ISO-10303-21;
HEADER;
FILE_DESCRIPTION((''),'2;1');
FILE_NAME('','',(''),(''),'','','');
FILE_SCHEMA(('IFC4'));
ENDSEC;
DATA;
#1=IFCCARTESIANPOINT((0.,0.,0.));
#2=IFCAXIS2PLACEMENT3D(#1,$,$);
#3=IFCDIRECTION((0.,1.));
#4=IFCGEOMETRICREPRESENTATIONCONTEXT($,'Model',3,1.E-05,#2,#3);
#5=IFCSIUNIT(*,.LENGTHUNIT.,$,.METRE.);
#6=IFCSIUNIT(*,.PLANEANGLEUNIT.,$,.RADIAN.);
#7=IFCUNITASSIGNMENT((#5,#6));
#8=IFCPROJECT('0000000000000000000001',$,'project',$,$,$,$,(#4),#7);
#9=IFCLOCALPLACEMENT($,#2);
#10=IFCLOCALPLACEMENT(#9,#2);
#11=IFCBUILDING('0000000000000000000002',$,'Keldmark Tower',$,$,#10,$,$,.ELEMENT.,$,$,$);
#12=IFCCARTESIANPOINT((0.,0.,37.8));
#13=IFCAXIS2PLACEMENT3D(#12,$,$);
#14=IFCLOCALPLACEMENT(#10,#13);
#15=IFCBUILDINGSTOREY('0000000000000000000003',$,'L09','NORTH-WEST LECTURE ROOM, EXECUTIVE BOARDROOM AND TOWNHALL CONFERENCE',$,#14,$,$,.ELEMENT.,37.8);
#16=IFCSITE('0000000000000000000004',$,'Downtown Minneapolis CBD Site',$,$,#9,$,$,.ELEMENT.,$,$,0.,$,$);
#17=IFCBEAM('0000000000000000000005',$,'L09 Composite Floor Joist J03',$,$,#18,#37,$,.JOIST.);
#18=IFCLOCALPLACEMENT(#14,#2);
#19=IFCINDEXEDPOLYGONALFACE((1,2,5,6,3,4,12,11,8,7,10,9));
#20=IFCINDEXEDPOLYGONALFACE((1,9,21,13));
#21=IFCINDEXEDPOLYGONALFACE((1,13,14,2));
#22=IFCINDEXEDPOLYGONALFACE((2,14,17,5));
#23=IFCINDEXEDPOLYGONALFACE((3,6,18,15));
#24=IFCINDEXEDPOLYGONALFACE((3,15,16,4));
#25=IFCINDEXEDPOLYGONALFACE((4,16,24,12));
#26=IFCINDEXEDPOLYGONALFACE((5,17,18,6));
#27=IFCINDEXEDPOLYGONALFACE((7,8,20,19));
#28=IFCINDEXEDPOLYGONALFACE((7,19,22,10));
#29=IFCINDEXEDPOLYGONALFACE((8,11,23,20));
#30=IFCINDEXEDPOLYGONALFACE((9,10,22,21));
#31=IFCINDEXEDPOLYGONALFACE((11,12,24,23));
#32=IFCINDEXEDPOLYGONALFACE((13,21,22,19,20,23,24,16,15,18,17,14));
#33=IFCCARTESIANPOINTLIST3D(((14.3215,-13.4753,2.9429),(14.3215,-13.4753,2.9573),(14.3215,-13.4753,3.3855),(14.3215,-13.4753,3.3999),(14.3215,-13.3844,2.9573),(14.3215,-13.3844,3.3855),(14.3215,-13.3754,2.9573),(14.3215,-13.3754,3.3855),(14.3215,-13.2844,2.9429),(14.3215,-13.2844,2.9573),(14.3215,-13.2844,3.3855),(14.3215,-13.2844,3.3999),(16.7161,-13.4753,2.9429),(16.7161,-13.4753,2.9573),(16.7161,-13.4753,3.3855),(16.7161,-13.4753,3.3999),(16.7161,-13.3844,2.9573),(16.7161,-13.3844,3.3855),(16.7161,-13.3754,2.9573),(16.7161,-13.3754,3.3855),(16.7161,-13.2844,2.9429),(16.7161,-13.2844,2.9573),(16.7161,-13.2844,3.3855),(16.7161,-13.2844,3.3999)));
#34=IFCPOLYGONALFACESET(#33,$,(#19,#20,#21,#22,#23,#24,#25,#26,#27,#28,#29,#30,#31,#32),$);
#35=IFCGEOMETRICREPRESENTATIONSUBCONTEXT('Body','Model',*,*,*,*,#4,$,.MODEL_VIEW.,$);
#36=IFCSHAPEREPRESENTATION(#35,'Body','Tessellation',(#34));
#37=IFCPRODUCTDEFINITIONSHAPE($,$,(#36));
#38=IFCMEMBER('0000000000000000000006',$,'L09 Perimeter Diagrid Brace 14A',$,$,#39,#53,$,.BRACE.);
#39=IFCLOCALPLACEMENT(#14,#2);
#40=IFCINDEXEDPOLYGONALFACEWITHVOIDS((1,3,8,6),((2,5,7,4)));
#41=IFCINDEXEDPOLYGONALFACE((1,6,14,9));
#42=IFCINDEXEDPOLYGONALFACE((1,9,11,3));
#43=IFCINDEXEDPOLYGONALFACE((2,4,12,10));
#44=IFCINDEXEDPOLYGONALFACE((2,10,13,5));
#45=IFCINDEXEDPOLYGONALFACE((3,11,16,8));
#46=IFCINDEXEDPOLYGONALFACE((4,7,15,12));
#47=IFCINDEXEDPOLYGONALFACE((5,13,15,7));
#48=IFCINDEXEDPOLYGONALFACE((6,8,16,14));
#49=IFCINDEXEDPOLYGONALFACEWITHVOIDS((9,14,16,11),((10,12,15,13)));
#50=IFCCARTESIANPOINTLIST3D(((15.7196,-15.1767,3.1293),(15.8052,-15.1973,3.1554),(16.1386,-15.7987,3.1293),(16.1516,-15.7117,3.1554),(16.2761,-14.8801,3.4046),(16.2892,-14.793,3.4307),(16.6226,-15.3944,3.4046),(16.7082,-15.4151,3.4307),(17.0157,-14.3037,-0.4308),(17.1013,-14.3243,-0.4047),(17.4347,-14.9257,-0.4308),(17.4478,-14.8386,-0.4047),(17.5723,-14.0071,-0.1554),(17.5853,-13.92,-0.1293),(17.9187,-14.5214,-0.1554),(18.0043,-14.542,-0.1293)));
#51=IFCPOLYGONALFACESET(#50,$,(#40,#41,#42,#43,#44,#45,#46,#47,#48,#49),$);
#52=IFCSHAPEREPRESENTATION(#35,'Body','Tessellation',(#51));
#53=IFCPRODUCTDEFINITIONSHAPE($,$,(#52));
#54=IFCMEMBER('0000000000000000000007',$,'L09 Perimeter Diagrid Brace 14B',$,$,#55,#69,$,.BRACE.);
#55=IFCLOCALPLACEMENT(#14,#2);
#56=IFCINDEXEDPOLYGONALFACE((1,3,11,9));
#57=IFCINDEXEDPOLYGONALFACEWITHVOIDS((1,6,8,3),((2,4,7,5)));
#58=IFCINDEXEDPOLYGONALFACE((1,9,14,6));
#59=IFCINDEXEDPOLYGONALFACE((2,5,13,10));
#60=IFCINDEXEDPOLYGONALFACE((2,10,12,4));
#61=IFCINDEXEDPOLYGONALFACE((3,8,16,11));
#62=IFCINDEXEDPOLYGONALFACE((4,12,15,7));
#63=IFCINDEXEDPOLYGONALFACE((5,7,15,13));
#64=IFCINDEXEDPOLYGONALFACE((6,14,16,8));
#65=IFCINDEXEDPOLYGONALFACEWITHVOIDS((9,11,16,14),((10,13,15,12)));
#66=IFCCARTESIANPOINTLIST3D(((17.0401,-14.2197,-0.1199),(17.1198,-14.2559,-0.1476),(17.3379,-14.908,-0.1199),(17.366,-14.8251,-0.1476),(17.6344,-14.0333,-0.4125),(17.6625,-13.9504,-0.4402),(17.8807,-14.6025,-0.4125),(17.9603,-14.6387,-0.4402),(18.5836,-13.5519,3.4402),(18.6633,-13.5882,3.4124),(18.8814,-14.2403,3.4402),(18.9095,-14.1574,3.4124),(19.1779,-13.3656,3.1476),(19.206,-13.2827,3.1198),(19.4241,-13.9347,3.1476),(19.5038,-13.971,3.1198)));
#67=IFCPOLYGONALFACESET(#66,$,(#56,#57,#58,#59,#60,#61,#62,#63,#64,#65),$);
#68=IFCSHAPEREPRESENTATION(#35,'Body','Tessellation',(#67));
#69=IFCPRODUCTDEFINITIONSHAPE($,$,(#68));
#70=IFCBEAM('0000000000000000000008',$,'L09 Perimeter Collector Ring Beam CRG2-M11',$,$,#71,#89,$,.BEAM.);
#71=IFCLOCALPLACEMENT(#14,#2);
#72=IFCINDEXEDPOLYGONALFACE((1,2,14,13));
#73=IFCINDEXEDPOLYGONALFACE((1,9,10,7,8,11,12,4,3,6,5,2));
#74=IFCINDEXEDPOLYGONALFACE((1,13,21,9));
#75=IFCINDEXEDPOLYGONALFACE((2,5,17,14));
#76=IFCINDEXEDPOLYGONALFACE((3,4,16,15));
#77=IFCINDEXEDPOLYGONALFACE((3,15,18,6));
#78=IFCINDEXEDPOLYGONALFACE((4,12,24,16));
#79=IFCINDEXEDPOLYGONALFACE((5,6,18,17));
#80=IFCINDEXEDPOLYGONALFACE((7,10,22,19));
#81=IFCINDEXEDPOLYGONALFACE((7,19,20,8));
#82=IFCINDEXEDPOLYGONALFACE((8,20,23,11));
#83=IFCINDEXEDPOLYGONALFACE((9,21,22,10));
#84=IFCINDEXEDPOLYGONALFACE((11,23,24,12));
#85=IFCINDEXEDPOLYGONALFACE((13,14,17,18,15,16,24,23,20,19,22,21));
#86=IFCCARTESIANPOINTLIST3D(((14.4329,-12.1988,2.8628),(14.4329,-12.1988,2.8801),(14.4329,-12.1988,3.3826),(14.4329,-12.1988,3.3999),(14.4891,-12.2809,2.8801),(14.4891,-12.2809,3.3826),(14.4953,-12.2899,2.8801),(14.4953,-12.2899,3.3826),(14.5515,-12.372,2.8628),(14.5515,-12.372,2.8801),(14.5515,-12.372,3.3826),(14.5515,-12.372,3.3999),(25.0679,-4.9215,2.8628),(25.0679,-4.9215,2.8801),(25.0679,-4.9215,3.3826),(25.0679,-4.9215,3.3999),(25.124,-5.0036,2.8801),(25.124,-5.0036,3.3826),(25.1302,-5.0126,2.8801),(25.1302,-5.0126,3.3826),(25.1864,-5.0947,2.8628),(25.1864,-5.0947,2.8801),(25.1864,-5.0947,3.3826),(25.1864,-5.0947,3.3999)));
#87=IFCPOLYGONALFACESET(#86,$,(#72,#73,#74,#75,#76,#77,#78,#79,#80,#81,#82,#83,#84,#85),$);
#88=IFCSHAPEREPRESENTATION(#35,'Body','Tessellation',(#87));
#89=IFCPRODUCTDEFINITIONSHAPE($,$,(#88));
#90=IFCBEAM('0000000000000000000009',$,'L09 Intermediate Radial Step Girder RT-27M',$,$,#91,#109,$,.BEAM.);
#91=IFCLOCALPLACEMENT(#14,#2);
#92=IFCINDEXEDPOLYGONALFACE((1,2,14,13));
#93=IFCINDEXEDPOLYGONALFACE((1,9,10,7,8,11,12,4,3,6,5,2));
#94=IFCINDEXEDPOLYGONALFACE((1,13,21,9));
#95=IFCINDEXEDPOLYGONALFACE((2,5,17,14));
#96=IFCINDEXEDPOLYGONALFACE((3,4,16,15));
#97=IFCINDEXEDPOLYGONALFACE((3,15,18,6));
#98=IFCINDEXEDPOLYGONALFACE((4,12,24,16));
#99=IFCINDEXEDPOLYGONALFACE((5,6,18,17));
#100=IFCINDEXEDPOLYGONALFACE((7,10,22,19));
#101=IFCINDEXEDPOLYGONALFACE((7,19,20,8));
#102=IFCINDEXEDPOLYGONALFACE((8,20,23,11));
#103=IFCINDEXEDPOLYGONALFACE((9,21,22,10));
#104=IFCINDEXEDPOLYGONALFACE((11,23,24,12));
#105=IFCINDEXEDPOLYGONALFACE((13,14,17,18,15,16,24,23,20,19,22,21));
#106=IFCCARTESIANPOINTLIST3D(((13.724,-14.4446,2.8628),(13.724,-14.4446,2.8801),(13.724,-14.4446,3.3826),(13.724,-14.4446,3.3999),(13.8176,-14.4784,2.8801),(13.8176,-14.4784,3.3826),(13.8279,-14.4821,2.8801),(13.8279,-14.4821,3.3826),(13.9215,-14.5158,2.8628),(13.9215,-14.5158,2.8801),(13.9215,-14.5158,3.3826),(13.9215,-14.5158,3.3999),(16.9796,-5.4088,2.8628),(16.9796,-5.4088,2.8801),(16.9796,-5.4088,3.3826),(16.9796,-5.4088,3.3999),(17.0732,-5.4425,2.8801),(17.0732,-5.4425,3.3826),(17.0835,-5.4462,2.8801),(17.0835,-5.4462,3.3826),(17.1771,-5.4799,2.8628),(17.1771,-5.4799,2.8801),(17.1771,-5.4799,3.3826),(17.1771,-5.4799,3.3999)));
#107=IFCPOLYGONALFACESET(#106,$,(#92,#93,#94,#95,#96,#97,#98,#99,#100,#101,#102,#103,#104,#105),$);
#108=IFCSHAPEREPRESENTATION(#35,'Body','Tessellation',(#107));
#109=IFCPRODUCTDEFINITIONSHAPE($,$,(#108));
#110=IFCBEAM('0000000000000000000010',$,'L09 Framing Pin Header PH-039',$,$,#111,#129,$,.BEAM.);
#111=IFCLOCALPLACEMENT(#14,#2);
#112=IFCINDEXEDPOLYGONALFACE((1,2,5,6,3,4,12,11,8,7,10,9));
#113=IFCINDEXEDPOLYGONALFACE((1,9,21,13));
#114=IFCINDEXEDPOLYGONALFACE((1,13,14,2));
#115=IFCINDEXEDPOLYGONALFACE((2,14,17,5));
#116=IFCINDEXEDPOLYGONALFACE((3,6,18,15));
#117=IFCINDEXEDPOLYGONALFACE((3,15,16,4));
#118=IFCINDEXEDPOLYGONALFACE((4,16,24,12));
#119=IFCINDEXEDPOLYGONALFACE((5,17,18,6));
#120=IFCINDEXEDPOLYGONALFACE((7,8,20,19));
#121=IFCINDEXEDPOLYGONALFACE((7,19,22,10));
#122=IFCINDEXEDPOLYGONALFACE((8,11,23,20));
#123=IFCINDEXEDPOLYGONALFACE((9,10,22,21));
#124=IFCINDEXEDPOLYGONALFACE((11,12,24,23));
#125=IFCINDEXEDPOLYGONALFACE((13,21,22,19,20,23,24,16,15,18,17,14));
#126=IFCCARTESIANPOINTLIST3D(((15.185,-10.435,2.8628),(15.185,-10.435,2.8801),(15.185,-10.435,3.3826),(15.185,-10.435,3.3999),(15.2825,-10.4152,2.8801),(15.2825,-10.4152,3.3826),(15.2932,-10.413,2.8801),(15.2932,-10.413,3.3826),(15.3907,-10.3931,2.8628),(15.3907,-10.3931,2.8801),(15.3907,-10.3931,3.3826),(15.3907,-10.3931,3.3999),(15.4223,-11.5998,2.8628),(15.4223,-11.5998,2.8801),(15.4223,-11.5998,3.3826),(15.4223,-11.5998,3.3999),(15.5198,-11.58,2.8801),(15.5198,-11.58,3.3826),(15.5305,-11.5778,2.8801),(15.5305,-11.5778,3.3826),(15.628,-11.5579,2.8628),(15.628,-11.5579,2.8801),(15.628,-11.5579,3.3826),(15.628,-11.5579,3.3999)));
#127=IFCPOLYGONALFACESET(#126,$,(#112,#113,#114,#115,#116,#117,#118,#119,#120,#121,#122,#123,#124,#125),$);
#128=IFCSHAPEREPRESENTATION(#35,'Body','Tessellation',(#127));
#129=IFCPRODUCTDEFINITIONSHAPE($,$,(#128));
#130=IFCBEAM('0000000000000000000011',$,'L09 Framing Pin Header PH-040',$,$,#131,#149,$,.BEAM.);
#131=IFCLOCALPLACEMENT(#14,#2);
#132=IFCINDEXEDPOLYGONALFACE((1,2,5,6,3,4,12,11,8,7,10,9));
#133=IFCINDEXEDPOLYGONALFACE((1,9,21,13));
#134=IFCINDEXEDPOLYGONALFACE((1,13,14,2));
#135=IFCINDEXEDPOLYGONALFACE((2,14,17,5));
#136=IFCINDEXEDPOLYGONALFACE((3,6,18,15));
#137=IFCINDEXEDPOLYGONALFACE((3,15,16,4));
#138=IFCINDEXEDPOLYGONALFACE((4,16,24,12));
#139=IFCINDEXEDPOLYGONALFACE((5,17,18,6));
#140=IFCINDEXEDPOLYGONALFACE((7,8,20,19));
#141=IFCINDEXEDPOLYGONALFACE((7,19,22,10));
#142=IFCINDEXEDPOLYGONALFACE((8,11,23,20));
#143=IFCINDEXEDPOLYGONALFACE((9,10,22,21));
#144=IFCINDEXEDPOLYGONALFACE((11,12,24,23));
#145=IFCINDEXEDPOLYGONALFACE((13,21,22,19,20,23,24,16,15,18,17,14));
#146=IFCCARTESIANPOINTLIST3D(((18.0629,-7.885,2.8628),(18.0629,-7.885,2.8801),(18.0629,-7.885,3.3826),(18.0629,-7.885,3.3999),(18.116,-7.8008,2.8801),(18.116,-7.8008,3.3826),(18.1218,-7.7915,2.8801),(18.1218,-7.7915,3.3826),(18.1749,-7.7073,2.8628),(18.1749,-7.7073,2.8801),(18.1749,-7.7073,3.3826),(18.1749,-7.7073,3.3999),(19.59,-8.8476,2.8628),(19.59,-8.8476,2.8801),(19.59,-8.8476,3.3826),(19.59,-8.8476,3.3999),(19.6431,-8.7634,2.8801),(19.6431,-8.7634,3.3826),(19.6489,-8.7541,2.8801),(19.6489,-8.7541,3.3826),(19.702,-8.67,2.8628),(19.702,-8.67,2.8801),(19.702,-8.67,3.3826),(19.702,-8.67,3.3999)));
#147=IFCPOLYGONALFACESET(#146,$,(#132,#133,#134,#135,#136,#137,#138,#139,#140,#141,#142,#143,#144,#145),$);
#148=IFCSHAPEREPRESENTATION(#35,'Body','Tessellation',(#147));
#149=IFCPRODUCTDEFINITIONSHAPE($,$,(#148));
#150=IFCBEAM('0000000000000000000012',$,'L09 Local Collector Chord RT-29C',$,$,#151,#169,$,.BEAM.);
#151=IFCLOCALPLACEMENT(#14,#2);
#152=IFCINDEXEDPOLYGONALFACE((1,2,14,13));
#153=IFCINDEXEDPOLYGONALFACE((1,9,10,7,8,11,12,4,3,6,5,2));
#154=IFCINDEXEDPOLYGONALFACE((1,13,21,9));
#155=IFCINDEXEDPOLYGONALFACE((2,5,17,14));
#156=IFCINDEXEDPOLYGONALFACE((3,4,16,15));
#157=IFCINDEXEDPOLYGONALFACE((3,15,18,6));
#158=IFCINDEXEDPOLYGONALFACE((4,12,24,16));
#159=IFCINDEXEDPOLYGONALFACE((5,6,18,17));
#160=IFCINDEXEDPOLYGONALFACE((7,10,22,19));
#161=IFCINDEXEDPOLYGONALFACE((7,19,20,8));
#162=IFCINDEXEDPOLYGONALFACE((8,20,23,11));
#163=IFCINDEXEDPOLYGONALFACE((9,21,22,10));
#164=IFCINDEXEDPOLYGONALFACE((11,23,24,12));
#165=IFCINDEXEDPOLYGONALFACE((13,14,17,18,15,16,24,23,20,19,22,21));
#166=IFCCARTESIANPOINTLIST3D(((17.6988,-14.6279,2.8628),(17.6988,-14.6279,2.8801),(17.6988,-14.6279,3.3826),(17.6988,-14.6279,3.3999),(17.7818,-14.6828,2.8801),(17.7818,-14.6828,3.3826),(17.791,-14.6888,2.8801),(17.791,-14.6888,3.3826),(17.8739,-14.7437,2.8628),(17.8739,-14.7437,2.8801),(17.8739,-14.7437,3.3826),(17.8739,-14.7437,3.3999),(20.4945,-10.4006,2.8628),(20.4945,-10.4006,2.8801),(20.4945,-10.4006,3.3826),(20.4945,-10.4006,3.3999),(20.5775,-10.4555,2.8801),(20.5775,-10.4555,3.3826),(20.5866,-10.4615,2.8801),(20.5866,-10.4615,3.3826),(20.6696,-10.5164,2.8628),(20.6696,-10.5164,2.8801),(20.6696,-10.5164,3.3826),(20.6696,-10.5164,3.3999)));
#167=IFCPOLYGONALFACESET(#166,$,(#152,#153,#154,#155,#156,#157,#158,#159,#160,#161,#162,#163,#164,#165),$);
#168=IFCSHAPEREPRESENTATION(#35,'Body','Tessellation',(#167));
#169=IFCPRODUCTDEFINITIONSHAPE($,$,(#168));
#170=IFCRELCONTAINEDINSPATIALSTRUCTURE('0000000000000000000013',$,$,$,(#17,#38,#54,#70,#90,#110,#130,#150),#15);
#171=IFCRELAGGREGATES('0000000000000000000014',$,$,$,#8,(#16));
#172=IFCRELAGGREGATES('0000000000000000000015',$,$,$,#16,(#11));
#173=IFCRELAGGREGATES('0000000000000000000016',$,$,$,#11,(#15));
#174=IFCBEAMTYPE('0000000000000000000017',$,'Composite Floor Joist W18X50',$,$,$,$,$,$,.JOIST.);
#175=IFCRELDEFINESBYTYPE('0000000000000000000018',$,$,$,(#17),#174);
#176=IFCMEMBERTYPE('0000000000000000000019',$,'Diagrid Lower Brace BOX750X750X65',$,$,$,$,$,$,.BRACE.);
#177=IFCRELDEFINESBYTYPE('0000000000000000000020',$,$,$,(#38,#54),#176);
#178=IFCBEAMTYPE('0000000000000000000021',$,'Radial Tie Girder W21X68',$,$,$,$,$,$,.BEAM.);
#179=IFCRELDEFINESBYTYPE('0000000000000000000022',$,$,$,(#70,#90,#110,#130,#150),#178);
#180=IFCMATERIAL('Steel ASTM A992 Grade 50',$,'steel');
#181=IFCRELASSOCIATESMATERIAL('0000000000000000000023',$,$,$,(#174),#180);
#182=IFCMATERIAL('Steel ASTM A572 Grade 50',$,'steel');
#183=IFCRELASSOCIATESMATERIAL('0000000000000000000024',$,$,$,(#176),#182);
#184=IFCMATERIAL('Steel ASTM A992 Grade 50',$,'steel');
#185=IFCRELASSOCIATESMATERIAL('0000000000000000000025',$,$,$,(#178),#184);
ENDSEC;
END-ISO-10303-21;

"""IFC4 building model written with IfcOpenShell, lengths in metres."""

from ifc_helpers import new_model, si_unit, direction, frame, origin, origin_2d, place, context, subcontext, project, spatial, hollow_rectangle, i_section, extrude, material, material_profile, profile_set, type_object, element, save


model = new_model("IFC4")

# Units and contexts
model_context = context("Model", 3, precision=1e-05, world=origin(), true_north=direction((0.0, 1.0)))
body_context = subcontext(model_context, "Body", "Model", "MODEL_VIEW")
ifc_project = project(units=[si_unit("LENGTHUNIT", "METRE"), si_unit("PLANEANGLEUNIT", "RADIAN")], contexts=[model_context])

# Site, building, storey
site_placement = place(None, origin())
site = spatial("IfcSite", under=ifc_project, at=site_placement, Name="Downtown Minneapolis CBD Site", CompositionType="ELEMENT", RefElevation=0.0)
building_placement = place(site_placement, origin())
building = spatial("IfcBuilding", under=site, at=building_placement, Name="Keldmark Tower", CompositionType="ELEMENT")
storey_placement = place(building_placement, frame((0.0, 0.0, 37.8)))
storey = spatial("IfcBuildingStorey", under=building, at=storey_placement, Name="L09", Description="NORTH-WEST LECTURE ROOM, EXECUTIVE BOARDROOM AND TOWNHALL CONFERENCE", CompositionType="ELEMENT", Elevation=37.8)

# Beam
ifc_material_1 = material(Name="Steel ASTM A992 Grade 50", Category="steel")
ifc_material_profile_1 = material_profile(ifc_material_1, i_section(OverallWidth=0.1909, OverallDepth=0.457, WebThickness=0.009, FlangeThickness=0.0144, at=origin_2d()), Name="W18X50")
ifc_profile_set_1 = profile_set([ifc_material_profile_1], Name="Steel ASTM A992 Grade 50")
beam_type_1 = type_object("IfcBeamType", Name="Composite Floor Joist W18X50", PredefinedType="JOIST", material=ifc_profile_set_1)
beam_1_placement = place(storey_placement, frame((14.3215, -13.3799, 3.1714), z_axis=(1.0, 0.0, 0.0), x_axis=(0.0, 1.0, 0.0)))
element("IfcBeam", 1, at=beam_1_placement, inside=storey, type_object=beam_type_1, Name="L09 Composite Floor Joist J03", PredefinedType="JOIST", context=body_context, shape_type="SweptSolid", body=[
    extrude(i_section(OverallWidth=0.1909, OverallDepth=0.457, WebThickness=0.009, FlangeThickness=0.0144, at=origin_2d()), origin(), (0.0, 0.0, 1.0), 2.3945),
])

# Members
ifc_material_2 = material(Name="Steel ASTM A572 Grade 50", Category="steel")
ifc_material_profile_2 = material_profile(ifc_material_2, hollow_rectangle(XDim=0.75, YDim=0.75, WallThickness=0.0649, at=origin_2d()), Name="BOX750X750X65")
ifc_profile_set_2 = profile_set([ifc_material_profile_2], Name="Steel ASTM A572 Grade 50")
member_type = type_object("IfcMemberType", Name="Diagrid Lower Brace BOX750X750X65", PredefinedType="BRACE", material=ifc_profile_set_2)
member_1_placement = place(storey_placement, frame((17.51, -14.4229, -0.28), z_axis=(-0.333374, -0.224552, 0.915663), x_axis=(0.55866, -0.829397, 0.0)))
element("IfcMember", 2, at=member_1_placement, inside=storey, type_object=member_type, Name="L09 Perimeter Diagrid Brace 14A", PredefinedType="BRACE", context=body_context, shape_type="SweptSolid", body=[
    extrude(hollow_rectangle(XDim=0.75, YDim=0.75, WallThickness=0.0649, at=origin_2d()), origin(), (0.0, 0.0, 1.0), 3.8879),
])
member_2_placement = place(storey_placement, frame((17.5002, -14.4292, -0.28), z_axis=(0.392012, 0.169591, 0.904194), x_axis=(-0.397053, 0.917796, 0.0)))
element("IfcMember", 3, at=member_2_placement, inside=storey, type_object=member_type, Name="L09 Perimeter Diagrid Brace 14B", PredefinedType="BRACE", context=body_context, shape_type="SweptSolid", body=[
    extrude(hollow_rectangle(XDim=0.75, YDim=0.75, WallThickness=0.0649, at=origin_2d()), origin(), (0.0, 0.0, 1.0), 3.9373),
])

# Beams
ifc_material_3 = material(Name="Steel ASTM A992 Grade 50", Category="steel")
ifc_material_profile_3 = material_profile(ifc_material_3, i_section(OverallWidth=0.21, OverallDepth=0.5371, WebThickness=0.011, FlangeThickness=0.0173, at=origin_2d()), Name="W21X68")
ifc_profile_set_3 = profile_set([ifc_material_profile_3], Name="Steel ASTM A992 Grade 50")
beam_type_2 = type_object("IfcBeamType", Name="Radial Tie Girder W21X68", PredefinedType="BEAM", material=ifc_profile_set_3)
beam_2_placement = place(storey_placement, frame((14.4922, -12.2854, 3.1313), z_axis=(0.82528, 0.564724, 0.0), x_axis=(-0.564724, 0.82528, 0.0)))
element("IfcBeam", 4, at=beam_2_placement, inside=storey, type_object=beam_type_2, Name="L09 Perimeter Collector Ring Beam CRG2-M11", PredefinedType="BEAM", context=body_context, shape_type="SweptSolid", body=[
    extrude(i_section(OverallWidth=0.21, OverallDepth=0.5371, WebThickness=0.011, FlangeThickness=0.0173, at=origin_2d()), origin(), (0.0, 0.0, 1.0), 12.8865),
])
beam_3_placement = place(storey_placement, frame((17.0784, -5.4443, 3.1313), z_axis=(-0.338968, -0.940798, 0.0), x_axis=(0.940798, -0.338968, 0.0)))
element("IfcBeam", 5, at=beam_3_placement, inside=storey, type_object=beam_type_2, Name="L09 Intermediate Radial Step Girder RT-27M", PredefinedType="BEAM", context=body_context, shape_type="SweptSolid", body=[
    extrude(i_section(OverallWidth=0.21, OverallDepth=0.5371, WebThickness=0.011, FlangeThickness=0.0173, at=origin_2d()), origin(), (0.0, 0.0, 1.0), 9.6045),
])
beam_4_placement = place(storey_placement, frame((15.2878, -10.4141, 3.1313), z_axis=(0.19963, -0.979871, 0.0), x_axis=(0.979871, 0.19963, 0.0)))
element("IfcBeam", 6, at=beam_4_placement, inside=storey, type_object=beam_type_2, Name="L09 Framing Pin Header PH-039", PredefinedType="BEAM", context=body_context, shape_type="SweptSolid", body=[
    extrude(i_section(OverallWidth=0.21, OverallDepth=0.5371, WebThickness=0.011, FlangeThickness=0.0173, at=origin_2d()), origin(), (0.0, 0.0, 1.0), 1.1887),
])
beam_5_placement = place(storey_placement, frame((18.1189, -7.7961, 3.1313), z_axis=(0.845948, -0.533265, 0.0), x_axis=(0.533265, 0.845948, 0.0)))
element("IfcBeam", 7, at=beam_5_placement, inside=storey, type_object=beam_type_2, Name="L09 Framing Pin Header PH-040", PredefinedType="BEAM", context=body_context, shape_type="SweptSolid", body=[
    extrude(i_section(OverallWidth=0.21, OverallDepth=0.5371, WebThickness=0.011, FlangeThickness=0.0173, at=origin_2d()), origin(), (0.0, 0.0, 1.0), 1.8052),
])
beam_6_placement = place(storey_placement, frame((17.7864, -14.6858, 3.1313), z_axis=(0.551617, 0.834097, 0.0), x_axis=(-0.834097, 0.551617, 0.0)))
element("IfcBeam", 8, at=beam_6_placement, inside=storey, type_object=beam_type_2, Name="L09 Local Collector Chord RT-29C", PredefinedType="BEAM", context=body_context, shape_type="SweptSolid", body=[
    extrude(i_section(OverallWidth=0.21, OverallDepth=0.5371, WebThickness=0.011, FlangeThickness=0.0173, at=origin_2d()), origin(), (0.0, 0.0, 1.0), 5.0681),
])

save(model, "model.ifc")
